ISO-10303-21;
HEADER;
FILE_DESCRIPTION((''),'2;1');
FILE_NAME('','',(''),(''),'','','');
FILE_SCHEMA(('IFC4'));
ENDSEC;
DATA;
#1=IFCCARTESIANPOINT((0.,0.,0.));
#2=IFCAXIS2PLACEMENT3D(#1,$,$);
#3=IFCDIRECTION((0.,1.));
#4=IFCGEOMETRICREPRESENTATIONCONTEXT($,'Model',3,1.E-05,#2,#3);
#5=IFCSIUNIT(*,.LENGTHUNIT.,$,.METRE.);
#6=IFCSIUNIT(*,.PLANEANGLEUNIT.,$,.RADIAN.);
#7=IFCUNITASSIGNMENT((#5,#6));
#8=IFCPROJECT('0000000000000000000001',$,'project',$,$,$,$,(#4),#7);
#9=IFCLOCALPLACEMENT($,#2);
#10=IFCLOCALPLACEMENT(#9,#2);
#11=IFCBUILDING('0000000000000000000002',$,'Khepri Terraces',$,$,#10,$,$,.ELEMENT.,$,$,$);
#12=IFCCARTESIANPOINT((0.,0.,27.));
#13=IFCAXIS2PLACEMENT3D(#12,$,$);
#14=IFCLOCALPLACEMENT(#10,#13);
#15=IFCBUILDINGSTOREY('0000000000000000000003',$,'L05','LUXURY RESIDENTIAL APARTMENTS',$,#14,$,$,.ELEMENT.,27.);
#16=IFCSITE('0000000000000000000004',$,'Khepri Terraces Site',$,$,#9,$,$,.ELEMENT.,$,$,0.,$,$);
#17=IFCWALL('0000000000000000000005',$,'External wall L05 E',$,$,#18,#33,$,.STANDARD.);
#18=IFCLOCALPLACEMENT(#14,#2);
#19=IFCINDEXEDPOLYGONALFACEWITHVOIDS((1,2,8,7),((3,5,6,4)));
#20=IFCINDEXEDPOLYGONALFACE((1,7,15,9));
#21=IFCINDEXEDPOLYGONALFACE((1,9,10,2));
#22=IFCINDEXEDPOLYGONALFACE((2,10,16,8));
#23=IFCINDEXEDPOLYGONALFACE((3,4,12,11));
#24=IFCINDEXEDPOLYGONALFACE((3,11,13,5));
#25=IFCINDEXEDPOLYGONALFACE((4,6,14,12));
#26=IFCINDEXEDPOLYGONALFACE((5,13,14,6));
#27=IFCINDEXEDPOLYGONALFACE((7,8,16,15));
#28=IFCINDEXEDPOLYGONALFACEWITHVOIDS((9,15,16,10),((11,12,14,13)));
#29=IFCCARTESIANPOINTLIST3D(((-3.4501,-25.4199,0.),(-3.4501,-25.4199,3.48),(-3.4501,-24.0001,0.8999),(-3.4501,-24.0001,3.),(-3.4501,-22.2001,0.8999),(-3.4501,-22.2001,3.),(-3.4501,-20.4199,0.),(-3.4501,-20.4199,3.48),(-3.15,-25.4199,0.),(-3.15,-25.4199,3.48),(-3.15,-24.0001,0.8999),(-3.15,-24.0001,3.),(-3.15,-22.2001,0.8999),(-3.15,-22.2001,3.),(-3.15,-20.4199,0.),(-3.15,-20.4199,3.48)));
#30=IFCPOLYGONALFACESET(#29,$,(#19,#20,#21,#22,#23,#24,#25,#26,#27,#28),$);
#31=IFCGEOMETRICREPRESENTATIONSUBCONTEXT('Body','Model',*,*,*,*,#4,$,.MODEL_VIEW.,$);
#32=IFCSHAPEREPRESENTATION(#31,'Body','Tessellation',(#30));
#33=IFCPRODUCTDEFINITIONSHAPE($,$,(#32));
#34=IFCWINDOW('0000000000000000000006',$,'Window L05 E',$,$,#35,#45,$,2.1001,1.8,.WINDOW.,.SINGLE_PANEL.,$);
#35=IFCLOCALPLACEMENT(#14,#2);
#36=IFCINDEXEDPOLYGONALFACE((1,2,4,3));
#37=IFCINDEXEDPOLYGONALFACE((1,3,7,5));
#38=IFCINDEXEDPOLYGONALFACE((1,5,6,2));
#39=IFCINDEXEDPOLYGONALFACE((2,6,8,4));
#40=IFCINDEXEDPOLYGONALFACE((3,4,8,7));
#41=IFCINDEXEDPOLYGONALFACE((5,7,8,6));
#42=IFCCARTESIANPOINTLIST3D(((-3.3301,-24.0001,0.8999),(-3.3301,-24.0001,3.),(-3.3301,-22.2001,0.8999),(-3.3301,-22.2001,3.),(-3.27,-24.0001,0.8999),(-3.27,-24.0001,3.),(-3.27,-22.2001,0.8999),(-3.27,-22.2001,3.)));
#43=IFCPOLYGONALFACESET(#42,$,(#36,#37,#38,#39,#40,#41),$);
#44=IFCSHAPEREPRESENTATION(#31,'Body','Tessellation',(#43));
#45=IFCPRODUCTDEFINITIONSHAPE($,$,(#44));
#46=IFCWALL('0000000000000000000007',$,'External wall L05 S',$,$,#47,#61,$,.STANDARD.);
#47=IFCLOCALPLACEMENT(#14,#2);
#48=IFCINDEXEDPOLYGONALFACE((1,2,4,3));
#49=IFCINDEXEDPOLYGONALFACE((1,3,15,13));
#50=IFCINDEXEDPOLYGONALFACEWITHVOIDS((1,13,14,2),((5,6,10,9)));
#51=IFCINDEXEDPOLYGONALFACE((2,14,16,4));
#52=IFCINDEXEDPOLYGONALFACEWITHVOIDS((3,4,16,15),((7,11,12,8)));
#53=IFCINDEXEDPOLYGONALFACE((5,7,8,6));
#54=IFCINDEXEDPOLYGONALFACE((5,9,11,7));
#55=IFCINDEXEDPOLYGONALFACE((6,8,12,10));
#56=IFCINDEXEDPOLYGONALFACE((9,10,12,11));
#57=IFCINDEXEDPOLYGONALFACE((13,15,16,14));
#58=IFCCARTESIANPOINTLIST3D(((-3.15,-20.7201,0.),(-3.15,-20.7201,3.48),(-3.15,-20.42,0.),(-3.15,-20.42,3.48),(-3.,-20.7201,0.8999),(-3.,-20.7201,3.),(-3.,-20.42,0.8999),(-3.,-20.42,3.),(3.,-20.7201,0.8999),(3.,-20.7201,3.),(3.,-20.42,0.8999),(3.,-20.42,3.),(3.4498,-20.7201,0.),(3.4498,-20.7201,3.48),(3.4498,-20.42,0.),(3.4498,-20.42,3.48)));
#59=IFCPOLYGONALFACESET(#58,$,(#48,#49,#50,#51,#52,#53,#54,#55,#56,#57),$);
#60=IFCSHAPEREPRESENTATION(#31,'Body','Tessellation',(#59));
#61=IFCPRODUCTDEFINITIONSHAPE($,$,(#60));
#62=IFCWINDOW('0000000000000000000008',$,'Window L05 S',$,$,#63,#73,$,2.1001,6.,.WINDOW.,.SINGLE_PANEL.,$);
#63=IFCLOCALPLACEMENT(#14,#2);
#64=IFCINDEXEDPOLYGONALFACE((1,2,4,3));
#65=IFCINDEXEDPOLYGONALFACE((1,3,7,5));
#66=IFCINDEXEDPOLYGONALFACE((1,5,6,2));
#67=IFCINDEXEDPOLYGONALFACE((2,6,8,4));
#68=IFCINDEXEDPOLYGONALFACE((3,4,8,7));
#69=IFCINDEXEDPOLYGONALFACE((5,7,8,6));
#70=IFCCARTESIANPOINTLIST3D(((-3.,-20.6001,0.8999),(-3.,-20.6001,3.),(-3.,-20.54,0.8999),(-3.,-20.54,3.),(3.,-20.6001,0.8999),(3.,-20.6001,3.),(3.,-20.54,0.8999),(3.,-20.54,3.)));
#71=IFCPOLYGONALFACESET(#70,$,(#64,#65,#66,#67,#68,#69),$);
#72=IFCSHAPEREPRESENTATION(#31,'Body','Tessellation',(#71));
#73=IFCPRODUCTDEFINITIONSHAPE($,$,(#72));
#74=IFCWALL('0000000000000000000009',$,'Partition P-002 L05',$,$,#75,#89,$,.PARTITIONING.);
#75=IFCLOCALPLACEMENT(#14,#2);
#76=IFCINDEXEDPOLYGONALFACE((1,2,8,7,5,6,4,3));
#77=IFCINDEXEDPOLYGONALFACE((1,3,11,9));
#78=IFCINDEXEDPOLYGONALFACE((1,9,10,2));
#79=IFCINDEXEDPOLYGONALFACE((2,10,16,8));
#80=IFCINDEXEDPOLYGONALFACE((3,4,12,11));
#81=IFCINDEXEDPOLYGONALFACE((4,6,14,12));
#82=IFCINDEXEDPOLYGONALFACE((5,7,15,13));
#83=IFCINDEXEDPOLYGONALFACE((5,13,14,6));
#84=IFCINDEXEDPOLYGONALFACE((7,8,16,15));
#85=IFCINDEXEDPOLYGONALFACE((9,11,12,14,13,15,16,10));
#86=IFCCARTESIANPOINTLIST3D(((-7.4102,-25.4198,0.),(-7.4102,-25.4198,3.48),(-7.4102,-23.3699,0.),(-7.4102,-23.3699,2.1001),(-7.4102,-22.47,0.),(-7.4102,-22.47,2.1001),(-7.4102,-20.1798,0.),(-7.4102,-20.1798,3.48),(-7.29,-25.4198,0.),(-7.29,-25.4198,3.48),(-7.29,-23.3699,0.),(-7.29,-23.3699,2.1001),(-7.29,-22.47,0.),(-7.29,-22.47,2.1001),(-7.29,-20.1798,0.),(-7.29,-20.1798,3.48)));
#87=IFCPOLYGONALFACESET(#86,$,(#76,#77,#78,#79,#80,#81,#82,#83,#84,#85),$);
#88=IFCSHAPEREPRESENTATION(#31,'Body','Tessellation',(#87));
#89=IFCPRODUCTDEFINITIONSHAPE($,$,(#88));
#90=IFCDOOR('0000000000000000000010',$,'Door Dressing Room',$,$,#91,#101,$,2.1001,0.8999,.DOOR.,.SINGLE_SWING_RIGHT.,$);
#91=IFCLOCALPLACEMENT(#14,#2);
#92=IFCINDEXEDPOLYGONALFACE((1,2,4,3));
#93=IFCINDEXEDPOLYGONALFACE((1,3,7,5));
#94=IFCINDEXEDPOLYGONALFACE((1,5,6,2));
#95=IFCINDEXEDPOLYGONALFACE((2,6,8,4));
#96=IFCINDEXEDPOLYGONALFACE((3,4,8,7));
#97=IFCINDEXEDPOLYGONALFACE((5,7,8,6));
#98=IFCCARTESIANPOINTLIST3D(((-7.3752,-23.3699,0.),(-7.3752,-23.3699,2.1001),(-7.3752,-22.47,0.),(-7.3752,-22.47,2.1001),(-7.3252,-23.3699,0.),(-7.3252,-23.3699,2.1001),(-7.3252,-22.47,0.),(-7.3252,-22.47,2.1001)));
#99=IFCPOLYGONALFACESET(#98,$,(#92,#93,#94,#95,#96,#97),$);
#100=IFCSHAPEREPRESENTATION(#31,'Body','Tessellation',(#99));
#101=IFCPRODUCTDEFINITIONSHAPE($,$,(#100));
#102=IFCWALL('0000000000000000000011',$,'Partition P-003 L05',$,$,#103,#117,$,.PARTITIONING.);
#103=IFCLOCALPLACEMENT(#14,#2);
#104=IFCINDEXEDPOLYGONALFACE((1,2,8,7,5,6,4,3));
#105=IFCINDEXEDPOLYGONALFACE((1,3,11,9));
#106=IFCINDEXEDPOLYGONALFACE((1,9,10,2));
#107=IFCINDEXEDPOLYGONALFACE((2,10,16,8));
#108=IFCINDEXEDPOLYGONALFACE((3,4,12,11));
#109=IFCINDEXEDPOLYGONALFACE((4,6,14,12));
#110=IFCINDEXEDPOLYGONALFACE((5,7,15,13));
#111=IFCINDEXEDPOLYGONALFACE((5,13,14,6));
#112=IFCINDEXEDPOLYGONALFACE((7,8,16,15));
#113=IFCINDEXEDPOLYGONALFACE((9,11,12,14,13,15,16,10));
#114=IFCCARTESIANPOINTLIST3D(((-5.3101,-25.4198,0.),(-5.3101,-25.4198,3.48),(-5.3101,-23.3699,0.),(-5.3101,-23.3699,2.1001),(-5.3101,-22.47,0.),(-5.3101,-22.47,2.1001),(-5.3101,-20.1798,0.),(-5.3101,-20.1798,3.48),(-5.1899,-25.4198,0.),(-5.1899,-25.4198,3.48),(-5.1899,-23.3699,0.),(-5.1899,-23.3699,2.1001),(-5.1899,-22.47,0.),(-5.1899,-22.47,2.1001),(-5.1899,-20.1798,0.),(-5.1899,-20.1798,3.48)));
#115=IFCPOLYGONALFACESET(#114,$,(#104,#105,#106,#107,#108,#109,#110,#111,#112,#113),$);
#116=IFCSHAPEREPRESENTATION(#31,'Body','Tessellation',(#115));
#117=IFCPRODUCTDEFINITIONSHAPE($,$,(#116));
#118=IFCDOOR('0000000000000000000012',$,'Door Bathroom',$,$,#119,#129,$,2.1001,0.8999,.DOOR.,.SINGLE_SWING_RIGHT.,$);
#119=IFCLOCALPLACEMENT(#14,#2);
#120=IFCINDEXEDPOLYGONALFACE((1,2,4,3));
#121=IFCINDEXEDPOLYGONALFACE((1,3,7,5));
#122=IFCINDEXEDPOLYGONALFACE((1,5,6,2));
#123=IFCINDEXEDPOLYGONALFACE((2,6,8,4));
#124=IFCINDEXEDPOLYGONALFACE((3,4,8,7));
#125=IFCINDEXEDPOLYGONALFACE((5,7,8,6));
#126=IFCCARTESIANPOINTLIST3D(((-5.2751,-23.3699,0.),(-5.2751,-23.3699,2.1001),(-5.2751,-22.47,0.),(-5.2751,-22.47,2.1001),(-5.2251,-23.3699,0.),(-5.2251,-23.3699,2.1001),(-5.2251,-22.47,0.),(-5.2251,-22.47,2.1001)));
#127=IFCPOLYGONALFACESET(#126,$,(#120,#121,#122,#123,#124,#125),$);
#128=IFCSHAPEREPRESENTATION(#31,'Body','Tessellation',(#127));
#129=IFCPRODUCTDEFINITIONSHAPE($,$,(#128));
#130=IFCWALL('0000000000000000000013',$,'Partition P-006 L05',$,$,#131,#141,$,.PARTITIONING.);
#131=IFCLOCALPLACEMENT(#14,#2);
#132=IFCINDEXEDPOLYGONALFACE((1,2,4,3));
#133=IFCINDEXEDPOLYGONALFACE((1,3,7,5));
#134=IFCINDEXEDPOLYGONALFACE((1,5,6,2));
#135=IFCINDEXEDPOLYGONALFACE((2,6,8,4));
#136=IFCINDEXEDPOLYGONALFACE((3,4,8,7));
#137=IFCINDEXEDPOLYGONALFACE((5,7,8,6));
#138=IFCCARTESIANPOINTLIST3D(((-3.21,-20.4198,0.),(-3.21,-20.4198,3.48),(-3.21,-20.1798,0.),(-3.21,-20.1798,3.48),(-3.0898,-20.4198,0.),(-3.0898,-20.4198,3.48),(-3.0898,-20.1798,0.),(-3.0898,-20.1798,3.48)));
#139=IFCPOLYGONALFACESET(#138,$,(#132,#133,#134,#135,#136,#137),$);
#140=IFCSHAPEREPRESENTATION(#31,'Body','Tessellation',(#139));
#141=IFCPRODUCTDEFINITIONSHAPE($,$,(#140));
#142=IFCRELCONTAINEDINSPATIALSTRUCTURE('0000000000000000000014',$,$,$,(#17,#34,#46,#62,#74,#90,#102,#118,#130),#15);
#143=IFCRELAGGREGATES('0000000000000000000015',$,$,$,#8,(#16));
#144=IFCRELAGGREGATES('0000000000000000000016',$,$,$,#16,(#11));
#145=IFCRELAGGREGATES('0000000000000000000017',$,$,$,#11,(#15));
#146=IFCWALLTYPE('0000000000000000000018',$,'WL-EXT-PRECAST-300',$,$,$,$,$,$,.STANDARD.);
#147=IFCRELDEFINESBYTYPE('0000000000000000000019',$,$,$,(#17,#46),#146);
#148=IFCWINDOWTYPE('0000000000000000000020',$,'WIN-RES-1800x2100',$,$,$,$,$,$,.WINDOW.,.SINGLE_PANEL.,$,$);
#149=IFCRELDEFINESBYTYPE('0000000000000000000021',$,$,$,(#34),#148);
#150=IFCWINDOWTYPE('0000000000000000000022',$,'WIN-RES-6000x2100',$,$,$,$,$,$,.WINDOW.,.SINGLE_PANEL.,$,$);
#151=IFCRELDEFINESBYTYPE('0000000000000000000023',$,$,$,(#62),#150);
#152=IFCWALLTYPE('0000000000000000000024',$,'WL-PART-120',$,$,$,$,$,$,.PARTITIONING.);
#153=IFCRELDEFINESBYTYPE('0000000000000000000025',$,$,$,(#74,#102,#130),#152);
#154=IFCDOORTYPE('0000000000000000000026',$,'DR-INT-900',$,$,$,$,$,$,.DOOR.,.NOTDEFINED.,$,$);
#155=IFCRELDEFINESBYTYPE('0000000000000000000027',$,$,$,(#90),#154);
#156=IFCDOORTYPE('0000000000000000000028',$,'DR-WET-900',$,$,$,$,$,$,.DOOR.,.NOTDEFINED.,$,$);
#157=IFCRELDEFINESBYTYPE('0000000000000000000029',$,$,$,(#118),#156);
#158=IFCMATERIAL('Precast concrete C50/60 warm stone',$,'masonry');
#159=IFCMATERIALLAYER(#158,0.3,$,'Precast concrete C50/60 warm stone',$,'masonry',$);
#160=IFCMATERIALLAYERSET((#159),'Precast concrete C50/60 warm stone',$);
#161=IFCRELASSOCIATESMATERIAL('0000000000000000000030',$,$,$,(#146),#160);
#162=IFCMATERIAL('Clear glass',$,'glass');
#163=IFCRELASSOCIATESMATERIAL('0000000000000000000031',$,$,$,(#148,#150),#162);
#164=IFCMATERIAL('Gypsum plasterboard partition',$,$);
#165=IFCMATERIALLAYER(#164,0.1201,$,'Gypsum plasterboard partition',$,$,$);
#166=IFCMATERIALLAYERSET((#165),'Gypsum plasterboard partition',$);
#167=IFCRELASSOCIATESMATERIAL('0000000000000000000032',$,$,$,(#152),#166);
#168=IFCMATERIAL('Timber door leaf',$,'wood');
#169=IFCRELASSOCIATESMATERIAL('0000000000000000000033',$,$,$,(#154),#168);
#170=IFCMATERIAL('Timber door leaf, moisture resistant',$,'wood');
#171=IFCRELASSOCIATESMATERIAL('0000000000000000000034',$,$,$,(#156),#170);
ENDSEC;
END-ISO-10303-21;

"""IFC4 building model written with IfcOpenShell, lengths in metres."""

from ifc_helpers import new_model, si_unit, direction, frame, frame_2d, origin, place, context, subcontext, project, spatial, rectangle, extrude, material, layer, layer_set, type_object, element, fill, save


model = new_model("IFC4")

# Units and contexts
model_context = context("Model", 3, precision=1e-05, world=origin(), true_north=direction((0.0, 1.0)))
body_context = subcontext(model_context, "Body", "Model", "MODEL_VIEW")
ifc_project = project(units=[si_unit("LENGTHUNIT", "METRE"), si_unit("PLANEANGLEUNIT", "RADIAN")], contexts=[model_context])

# Site, building, storey
site_placement = place(None, origin())
site = spatial("IfcSite", under=ifc_project, at=site_placement, Name="Khepri Terraces Site", CompositionType="ELEMENT", RefElevation=0.0)
building_placement = place(site_placement, origin())
building = spatial("IfcBuilding", under=site, at=building_placement, Name="Khepri Terraces", CompositionType="ELEMENT")
storey_placement = place(building_placement, frame((0.0, 0.0, 27.0)))
storey = spatial("IfcBuildingStorey", under=building, at=storey_placement, Name="L05", Description="LUXURY RESIDENTIAL APARTMENTS", CompositionType="ELEMENT", Elevation=27.0)

# Walls, openings, windows
ifc_material_1 = material(Name="Precast concrete C50/60 warm stone", Category="masonry")
ifc_layer_1 = layer(ifc_material_1, 0.3, Name="Precast concrete C50/60 warm stone", Category="masonry")
ifc_layer_set_1 = layer_set([ifc_layer_1], Name="Precast concrete C50/60 warm stone")
wall_type_1 = type_object("IfcWallType", Name="WL-EXT-PRECAST-300", PredefinedType="STANDARD", material=ifc_layer_set_1)
wall_1_placement = place(storey_placement, frame((-3.3, -25.4199, 0.0), z_axis=(0.0, 0.0, 1.0), x_axis=(0.0, 1.0, 0.0)))
wall_1 = element("IfcWall", 1, at=wall_1_placement, inside=storey, type_object=wall_type_1, Name="External wall L05 E", PredefinedType="STANDARD", context=body_context, shape_type="SweptSolid", body=[
    extrude(rectangle(XDim=5.0, YDim=0.3, at=frame_2d((2.5, 0.0))), origin(), (0.0, 0.0, 1.0), 3.48),
])
opening_1_placement = place(wall_1_placement, frame((1.4199, 0.0, 0.8999)))
opening_1 = element("IfcOpeningElement", 2, at=opening_1_placement, cuts=wall_1, PredefinedType="OPENING", context=body_context, shape_type="SweptSolid", body=[
    extrude(rectangle(XDim=1.8, YDim=2.1001, at=frame_2d((0.8999, 1.05))), frame((0.0, 0.1602, 0.0), z_axis=(0.0, -1.0, 0.0), x_axis=(1.0, 0.0, 0.0)), (0.0, 0.0, 1.0), 0.3201),
])
ifc_material_2 = material(Name="Clear glass", Category="glass")
window_type_1 = type_object("IfcWindowType", Name="WIN-RES-1800x2100", PartitioningType="SINGLE_PANEL", PredefinedType="WINDOW", material=ifc_material_2)
window_1_placement = place(opening_1_placement, origin())
window_1 = element("IfcWindow", 3, at=window_1_placement, inside=storey, type_object=window_type_1, Name="Window L05 E", OverallHeight=2.1001, OverallWidth=1.8, PartitioningType="SINGLE_PANEL", PredefinedType="WINDOW", context=body_context, shape_type="SweptSolid", body=[
    extrude(rectangle(XDim=1.8, YDim=2.1001, at=frame_2d((0.8999, 1.05))), frame((0.0, 0.03, 0.0), z_axis=(0.0, -1.0, 0.0), x_axis=(1.0, 0.0, 0.0)), (0.0, 0.0, 1.0), 0.0601),
])
fill(opening_1, window_1)
wall_2_placement = place(storey_placement, frame((-3.1499, -20.5701, 0.0), z_axis=(0.0, 0.0, 1.0), x_axis=(1.0, 0.0, 0.0)))
wall_2 = element("IfcWall", 4, at=wall_2_placement, inside=storey, type_object=wall_type_1, Name="External wall L05 S", PredefinedType="STANDARD", context=body_context, shape_type="SweptSolid", body=[
    extrude(rectangle(XDim=6.5999, YDim=0.3, at=frame_2d((3.2998, 0.0))), origin(), (0.0, 0.0, 1.0), 3.48),
])
opening_2_placement = place(wall_2_placement, frame((0.1499, 0.0, 0.8999)))
opening_2 = element("IfcOpeningElement", 5, at=opening_2_placement, cuts=wall_2, PredefinedType="OPENING", context=body_context, shape_type="SweptSolid", body=[
    extrude(rectangle(XDim=6.0, YDim=2.1001, at=frame_2d((3.0, 1.05))), frame((0.0, 0.1602, 0.0), z_axis=(0.0, -1.0, 0.0), x_axis=(1.0, 0.0, 0.0)), (0.0, 0.0, 1.0), 0.3201),
])
window_type_2 = type_object("IfcWindowType", Name="WIN-RES-6000x2100", PartitioningType="SINGLE_PANEL", PredefinedType="WINDOW", material=ifc_material_2)
window_2_placement = place(opening_2_placement, origin())
window_2 = element("IfcWindow", 6, at=window_2_placement, inside=storey, type_object=window_type_2, Name="Window L05 S", OverallHeight=2.1001, OverallWidth=6.0, PartitioningType="SINGLE_PANEL", PredefinedType="WINDOW", context=body_context, shape_type="SweptSolid", body=[
    extrude(rectangle(XDim=6.0, YDim=2.1001, at=frame_2d((3.0, 1.05))), frame((0.0, 0.03, 0.0), z_axis=(0.0, -1.0, 0.0), x_axis=(1.0, 0.0, 0.0)), (0.0, 0.0, 1.0), 0.0601),
])
fill(opening_2, window_2)

# Walls, openings, doors
ifc_material_3 = material(Name="Gypsum plasterboard partition")
ifc_layer_2 = layer(ifc_material_3, 0.1201, Name="Gypsum plasterboard partition")
ifc_layer_set_2 = layer_set([ifc_layer_2], Name="Gypsum plasterboard partition")
wall_type_2 = type_object("IfcWallType", Name="WL-PART-120", PredefinedType="PARTITIONING", material=ifc_layer_set_2)
wall_3_placement = place(storey_placement, frame((-7.3501, -25.4199, 0.0), z_axis=(0.0, 0.0, 1.0), x_axis=(0.0, 1.0, 0.0)))
wall_3 = element("IfcWall", 7, at=wall_3_placement, inside=storey, type_object=wall_type_2, Name="Partition P-002 L05", PredefinedType="PARTITIONING", context=body_context, shape_type="SweptSolid", body=[
    extrude(rectangle(XDim=5.24, YDim=0.1201, at=frame_2d((2.6201, 0.0))), origin(), (0.0, 0.0, 1.0), 3.48),
])
opening_3_placement = place(wall_3_placement, frame((2.05, 0.0, 0.0)))
opening_3 = element("IfcOpeningElement", 8, at=opening_3_placement, cuts=wall_3, PredefinedType="OPENING", context=body_context, shape_type="SweptSolid", body=[
    extrude(rectangle(XDim=0.8999, YDim=2.1001, at=frame_2d((0.45, 1.05))), frame((0.0, 0.0701, 0.0), z_axis=(0.0, -1.0, 0.0), x_axis=(1.0, 0.0, 0.0)), (0.0, 0.0, 1.0), 0.1401),
])
ifc_material_4 = material(Name="Timber door leaf", Category="wood")
door_type_1 = type_object("IfcDoorType", Name="DR-INT-900", OperationType="NOTDEFINED", PredefinedType="DOOR", material=ifc_material_4)
door_1_placement = place(opening_3_placement, frame((0.8999, 0.0, 0.0), z_axis=(0.0, 0.0, 1.0), x_axis=(-1.0, 0.0, 0.0)))
door_1 = element("IfcDoor", 9, at=door_1_placement, inside=storey, type_object=door_type_1, Name="Door Dressing Room", OperationType="SINGLE_SWING_RIGHT", OverallHeight=2.1001, OverallWidth=0.8999, PredefinedType="DOOR", context=body_context, shape_type="SweptSolid", body=[
    extrude(rectangle(XDim=0.8999, YDim=2.1001, at=frame_2d((0.45, 1.05))), frame((0.0, 0.0249, 0.0), z_axis=(0.0, -1.0, 0.0), x_axis=(1.0, 0.0, 0.0)), (0.0, 0.0, 1.0), 0.05),
])
fill(opening_3, door_1)
wall_4_placement = place(storey_placement, frame((-5.25, -25.4199, 0.0), z_axis=(0.0, 0.0, 1.0), x_axis=(0.0, 1.0, 0.0)))
wall_4 = element("IfcWall", 10, at=wall_4_placement, inside=storey, type_object=wall_type_2, Name="Partition P-003 L05", PredefinedType="PARTITIONING", context=body_context, shape_type="SweptSolid", body=[
    extrude(rectangle(XDim=5.24, YDim=0.1201, at=frame_2d((2.6201, 0.0))), origin(), (0.0, 0.0, 1.0), 3.48),
])
opening_4_placement = place(wall_4_placement, frame((2.05, 0.0, 0.0)))
opening_4 = element("IfcOpeningElement", 11, at=opening_4_placement, cuts=wall_4, PredefinedType="OPENING", context=body_context, shape_type="SweptSolid", body=[
    extrude(rectangle(XDim=0.8999, YDim=2.1001, at=frame_2d((0.45, 1.05))), frame((0.0, 0.0701, 0.0), z_axis=(0.0, -1.0, 0.0), x_axis=(1.0, 0.0, 0.0)), (0.0, 0.0, 1.0), 0.1401),
])
ifc_material_5 = material(Name="Timber door leaf, moisture resistant", Category="wood")
door_type_2 = type_object("IfcDoorType", Name="DR-WET-900", OperationType="NOTDEFINED", PredefinedType="DOOR", material=ifc_material_5)
door_2_placement = place(opening_4_placement, frame((0.8999, 0.0, 0.0), z_axis=(0.0, 0.0, 1.0), x_axis=(-1.0, 0.0, 0.0)))
door_2 = element("IfcDoor", 12, at=door_2_placement, inside=storey, type_object=door_type_2, Name="Door Bathroom", OperationType="SINGLE_SWING_RIGHT", OverallHeight=2.1001, OverallWidth=0.8999, PredefinedType="DOOR", context=body_context, shape_type="SweptSolid", body=[
    extrude(rectangle(XDim=0.8999, YDim=2.1001, at=frame_2d((0.45, 1.05))), frame((0.0, 0.0249, 0.0), z_axis=(0.0, -1.0, 0.0), x_axis=(1.0, 0.0, 0.0)), (0.0, 0.0, 1.0), 0.05),
])
fill(opening_4, door_2)

# Wall
wall_5_placement = place(storey_placement, frame((-3.1499, -20.4199, 0.0), z_axis=(0.0, 0.0, 1.0), x_axis=(0.0, 1.0, 0.0)))
element("IfcWall", 13, at=wall_5_placement, inside=storey, type_object=wall_type_2, Name="Partition P-006 L05", PredefinedType="PARTITIONING", context=body_context, shape_type="SweptSolid", body=[
    extrude(rectangle(XDim=0.24, YDim=0.1201, at=frame_2d((0.1201, 0.0))), origin(), (0.0, 0.0, 1.0), 3.48),
])

save(model, "model.ifc")
